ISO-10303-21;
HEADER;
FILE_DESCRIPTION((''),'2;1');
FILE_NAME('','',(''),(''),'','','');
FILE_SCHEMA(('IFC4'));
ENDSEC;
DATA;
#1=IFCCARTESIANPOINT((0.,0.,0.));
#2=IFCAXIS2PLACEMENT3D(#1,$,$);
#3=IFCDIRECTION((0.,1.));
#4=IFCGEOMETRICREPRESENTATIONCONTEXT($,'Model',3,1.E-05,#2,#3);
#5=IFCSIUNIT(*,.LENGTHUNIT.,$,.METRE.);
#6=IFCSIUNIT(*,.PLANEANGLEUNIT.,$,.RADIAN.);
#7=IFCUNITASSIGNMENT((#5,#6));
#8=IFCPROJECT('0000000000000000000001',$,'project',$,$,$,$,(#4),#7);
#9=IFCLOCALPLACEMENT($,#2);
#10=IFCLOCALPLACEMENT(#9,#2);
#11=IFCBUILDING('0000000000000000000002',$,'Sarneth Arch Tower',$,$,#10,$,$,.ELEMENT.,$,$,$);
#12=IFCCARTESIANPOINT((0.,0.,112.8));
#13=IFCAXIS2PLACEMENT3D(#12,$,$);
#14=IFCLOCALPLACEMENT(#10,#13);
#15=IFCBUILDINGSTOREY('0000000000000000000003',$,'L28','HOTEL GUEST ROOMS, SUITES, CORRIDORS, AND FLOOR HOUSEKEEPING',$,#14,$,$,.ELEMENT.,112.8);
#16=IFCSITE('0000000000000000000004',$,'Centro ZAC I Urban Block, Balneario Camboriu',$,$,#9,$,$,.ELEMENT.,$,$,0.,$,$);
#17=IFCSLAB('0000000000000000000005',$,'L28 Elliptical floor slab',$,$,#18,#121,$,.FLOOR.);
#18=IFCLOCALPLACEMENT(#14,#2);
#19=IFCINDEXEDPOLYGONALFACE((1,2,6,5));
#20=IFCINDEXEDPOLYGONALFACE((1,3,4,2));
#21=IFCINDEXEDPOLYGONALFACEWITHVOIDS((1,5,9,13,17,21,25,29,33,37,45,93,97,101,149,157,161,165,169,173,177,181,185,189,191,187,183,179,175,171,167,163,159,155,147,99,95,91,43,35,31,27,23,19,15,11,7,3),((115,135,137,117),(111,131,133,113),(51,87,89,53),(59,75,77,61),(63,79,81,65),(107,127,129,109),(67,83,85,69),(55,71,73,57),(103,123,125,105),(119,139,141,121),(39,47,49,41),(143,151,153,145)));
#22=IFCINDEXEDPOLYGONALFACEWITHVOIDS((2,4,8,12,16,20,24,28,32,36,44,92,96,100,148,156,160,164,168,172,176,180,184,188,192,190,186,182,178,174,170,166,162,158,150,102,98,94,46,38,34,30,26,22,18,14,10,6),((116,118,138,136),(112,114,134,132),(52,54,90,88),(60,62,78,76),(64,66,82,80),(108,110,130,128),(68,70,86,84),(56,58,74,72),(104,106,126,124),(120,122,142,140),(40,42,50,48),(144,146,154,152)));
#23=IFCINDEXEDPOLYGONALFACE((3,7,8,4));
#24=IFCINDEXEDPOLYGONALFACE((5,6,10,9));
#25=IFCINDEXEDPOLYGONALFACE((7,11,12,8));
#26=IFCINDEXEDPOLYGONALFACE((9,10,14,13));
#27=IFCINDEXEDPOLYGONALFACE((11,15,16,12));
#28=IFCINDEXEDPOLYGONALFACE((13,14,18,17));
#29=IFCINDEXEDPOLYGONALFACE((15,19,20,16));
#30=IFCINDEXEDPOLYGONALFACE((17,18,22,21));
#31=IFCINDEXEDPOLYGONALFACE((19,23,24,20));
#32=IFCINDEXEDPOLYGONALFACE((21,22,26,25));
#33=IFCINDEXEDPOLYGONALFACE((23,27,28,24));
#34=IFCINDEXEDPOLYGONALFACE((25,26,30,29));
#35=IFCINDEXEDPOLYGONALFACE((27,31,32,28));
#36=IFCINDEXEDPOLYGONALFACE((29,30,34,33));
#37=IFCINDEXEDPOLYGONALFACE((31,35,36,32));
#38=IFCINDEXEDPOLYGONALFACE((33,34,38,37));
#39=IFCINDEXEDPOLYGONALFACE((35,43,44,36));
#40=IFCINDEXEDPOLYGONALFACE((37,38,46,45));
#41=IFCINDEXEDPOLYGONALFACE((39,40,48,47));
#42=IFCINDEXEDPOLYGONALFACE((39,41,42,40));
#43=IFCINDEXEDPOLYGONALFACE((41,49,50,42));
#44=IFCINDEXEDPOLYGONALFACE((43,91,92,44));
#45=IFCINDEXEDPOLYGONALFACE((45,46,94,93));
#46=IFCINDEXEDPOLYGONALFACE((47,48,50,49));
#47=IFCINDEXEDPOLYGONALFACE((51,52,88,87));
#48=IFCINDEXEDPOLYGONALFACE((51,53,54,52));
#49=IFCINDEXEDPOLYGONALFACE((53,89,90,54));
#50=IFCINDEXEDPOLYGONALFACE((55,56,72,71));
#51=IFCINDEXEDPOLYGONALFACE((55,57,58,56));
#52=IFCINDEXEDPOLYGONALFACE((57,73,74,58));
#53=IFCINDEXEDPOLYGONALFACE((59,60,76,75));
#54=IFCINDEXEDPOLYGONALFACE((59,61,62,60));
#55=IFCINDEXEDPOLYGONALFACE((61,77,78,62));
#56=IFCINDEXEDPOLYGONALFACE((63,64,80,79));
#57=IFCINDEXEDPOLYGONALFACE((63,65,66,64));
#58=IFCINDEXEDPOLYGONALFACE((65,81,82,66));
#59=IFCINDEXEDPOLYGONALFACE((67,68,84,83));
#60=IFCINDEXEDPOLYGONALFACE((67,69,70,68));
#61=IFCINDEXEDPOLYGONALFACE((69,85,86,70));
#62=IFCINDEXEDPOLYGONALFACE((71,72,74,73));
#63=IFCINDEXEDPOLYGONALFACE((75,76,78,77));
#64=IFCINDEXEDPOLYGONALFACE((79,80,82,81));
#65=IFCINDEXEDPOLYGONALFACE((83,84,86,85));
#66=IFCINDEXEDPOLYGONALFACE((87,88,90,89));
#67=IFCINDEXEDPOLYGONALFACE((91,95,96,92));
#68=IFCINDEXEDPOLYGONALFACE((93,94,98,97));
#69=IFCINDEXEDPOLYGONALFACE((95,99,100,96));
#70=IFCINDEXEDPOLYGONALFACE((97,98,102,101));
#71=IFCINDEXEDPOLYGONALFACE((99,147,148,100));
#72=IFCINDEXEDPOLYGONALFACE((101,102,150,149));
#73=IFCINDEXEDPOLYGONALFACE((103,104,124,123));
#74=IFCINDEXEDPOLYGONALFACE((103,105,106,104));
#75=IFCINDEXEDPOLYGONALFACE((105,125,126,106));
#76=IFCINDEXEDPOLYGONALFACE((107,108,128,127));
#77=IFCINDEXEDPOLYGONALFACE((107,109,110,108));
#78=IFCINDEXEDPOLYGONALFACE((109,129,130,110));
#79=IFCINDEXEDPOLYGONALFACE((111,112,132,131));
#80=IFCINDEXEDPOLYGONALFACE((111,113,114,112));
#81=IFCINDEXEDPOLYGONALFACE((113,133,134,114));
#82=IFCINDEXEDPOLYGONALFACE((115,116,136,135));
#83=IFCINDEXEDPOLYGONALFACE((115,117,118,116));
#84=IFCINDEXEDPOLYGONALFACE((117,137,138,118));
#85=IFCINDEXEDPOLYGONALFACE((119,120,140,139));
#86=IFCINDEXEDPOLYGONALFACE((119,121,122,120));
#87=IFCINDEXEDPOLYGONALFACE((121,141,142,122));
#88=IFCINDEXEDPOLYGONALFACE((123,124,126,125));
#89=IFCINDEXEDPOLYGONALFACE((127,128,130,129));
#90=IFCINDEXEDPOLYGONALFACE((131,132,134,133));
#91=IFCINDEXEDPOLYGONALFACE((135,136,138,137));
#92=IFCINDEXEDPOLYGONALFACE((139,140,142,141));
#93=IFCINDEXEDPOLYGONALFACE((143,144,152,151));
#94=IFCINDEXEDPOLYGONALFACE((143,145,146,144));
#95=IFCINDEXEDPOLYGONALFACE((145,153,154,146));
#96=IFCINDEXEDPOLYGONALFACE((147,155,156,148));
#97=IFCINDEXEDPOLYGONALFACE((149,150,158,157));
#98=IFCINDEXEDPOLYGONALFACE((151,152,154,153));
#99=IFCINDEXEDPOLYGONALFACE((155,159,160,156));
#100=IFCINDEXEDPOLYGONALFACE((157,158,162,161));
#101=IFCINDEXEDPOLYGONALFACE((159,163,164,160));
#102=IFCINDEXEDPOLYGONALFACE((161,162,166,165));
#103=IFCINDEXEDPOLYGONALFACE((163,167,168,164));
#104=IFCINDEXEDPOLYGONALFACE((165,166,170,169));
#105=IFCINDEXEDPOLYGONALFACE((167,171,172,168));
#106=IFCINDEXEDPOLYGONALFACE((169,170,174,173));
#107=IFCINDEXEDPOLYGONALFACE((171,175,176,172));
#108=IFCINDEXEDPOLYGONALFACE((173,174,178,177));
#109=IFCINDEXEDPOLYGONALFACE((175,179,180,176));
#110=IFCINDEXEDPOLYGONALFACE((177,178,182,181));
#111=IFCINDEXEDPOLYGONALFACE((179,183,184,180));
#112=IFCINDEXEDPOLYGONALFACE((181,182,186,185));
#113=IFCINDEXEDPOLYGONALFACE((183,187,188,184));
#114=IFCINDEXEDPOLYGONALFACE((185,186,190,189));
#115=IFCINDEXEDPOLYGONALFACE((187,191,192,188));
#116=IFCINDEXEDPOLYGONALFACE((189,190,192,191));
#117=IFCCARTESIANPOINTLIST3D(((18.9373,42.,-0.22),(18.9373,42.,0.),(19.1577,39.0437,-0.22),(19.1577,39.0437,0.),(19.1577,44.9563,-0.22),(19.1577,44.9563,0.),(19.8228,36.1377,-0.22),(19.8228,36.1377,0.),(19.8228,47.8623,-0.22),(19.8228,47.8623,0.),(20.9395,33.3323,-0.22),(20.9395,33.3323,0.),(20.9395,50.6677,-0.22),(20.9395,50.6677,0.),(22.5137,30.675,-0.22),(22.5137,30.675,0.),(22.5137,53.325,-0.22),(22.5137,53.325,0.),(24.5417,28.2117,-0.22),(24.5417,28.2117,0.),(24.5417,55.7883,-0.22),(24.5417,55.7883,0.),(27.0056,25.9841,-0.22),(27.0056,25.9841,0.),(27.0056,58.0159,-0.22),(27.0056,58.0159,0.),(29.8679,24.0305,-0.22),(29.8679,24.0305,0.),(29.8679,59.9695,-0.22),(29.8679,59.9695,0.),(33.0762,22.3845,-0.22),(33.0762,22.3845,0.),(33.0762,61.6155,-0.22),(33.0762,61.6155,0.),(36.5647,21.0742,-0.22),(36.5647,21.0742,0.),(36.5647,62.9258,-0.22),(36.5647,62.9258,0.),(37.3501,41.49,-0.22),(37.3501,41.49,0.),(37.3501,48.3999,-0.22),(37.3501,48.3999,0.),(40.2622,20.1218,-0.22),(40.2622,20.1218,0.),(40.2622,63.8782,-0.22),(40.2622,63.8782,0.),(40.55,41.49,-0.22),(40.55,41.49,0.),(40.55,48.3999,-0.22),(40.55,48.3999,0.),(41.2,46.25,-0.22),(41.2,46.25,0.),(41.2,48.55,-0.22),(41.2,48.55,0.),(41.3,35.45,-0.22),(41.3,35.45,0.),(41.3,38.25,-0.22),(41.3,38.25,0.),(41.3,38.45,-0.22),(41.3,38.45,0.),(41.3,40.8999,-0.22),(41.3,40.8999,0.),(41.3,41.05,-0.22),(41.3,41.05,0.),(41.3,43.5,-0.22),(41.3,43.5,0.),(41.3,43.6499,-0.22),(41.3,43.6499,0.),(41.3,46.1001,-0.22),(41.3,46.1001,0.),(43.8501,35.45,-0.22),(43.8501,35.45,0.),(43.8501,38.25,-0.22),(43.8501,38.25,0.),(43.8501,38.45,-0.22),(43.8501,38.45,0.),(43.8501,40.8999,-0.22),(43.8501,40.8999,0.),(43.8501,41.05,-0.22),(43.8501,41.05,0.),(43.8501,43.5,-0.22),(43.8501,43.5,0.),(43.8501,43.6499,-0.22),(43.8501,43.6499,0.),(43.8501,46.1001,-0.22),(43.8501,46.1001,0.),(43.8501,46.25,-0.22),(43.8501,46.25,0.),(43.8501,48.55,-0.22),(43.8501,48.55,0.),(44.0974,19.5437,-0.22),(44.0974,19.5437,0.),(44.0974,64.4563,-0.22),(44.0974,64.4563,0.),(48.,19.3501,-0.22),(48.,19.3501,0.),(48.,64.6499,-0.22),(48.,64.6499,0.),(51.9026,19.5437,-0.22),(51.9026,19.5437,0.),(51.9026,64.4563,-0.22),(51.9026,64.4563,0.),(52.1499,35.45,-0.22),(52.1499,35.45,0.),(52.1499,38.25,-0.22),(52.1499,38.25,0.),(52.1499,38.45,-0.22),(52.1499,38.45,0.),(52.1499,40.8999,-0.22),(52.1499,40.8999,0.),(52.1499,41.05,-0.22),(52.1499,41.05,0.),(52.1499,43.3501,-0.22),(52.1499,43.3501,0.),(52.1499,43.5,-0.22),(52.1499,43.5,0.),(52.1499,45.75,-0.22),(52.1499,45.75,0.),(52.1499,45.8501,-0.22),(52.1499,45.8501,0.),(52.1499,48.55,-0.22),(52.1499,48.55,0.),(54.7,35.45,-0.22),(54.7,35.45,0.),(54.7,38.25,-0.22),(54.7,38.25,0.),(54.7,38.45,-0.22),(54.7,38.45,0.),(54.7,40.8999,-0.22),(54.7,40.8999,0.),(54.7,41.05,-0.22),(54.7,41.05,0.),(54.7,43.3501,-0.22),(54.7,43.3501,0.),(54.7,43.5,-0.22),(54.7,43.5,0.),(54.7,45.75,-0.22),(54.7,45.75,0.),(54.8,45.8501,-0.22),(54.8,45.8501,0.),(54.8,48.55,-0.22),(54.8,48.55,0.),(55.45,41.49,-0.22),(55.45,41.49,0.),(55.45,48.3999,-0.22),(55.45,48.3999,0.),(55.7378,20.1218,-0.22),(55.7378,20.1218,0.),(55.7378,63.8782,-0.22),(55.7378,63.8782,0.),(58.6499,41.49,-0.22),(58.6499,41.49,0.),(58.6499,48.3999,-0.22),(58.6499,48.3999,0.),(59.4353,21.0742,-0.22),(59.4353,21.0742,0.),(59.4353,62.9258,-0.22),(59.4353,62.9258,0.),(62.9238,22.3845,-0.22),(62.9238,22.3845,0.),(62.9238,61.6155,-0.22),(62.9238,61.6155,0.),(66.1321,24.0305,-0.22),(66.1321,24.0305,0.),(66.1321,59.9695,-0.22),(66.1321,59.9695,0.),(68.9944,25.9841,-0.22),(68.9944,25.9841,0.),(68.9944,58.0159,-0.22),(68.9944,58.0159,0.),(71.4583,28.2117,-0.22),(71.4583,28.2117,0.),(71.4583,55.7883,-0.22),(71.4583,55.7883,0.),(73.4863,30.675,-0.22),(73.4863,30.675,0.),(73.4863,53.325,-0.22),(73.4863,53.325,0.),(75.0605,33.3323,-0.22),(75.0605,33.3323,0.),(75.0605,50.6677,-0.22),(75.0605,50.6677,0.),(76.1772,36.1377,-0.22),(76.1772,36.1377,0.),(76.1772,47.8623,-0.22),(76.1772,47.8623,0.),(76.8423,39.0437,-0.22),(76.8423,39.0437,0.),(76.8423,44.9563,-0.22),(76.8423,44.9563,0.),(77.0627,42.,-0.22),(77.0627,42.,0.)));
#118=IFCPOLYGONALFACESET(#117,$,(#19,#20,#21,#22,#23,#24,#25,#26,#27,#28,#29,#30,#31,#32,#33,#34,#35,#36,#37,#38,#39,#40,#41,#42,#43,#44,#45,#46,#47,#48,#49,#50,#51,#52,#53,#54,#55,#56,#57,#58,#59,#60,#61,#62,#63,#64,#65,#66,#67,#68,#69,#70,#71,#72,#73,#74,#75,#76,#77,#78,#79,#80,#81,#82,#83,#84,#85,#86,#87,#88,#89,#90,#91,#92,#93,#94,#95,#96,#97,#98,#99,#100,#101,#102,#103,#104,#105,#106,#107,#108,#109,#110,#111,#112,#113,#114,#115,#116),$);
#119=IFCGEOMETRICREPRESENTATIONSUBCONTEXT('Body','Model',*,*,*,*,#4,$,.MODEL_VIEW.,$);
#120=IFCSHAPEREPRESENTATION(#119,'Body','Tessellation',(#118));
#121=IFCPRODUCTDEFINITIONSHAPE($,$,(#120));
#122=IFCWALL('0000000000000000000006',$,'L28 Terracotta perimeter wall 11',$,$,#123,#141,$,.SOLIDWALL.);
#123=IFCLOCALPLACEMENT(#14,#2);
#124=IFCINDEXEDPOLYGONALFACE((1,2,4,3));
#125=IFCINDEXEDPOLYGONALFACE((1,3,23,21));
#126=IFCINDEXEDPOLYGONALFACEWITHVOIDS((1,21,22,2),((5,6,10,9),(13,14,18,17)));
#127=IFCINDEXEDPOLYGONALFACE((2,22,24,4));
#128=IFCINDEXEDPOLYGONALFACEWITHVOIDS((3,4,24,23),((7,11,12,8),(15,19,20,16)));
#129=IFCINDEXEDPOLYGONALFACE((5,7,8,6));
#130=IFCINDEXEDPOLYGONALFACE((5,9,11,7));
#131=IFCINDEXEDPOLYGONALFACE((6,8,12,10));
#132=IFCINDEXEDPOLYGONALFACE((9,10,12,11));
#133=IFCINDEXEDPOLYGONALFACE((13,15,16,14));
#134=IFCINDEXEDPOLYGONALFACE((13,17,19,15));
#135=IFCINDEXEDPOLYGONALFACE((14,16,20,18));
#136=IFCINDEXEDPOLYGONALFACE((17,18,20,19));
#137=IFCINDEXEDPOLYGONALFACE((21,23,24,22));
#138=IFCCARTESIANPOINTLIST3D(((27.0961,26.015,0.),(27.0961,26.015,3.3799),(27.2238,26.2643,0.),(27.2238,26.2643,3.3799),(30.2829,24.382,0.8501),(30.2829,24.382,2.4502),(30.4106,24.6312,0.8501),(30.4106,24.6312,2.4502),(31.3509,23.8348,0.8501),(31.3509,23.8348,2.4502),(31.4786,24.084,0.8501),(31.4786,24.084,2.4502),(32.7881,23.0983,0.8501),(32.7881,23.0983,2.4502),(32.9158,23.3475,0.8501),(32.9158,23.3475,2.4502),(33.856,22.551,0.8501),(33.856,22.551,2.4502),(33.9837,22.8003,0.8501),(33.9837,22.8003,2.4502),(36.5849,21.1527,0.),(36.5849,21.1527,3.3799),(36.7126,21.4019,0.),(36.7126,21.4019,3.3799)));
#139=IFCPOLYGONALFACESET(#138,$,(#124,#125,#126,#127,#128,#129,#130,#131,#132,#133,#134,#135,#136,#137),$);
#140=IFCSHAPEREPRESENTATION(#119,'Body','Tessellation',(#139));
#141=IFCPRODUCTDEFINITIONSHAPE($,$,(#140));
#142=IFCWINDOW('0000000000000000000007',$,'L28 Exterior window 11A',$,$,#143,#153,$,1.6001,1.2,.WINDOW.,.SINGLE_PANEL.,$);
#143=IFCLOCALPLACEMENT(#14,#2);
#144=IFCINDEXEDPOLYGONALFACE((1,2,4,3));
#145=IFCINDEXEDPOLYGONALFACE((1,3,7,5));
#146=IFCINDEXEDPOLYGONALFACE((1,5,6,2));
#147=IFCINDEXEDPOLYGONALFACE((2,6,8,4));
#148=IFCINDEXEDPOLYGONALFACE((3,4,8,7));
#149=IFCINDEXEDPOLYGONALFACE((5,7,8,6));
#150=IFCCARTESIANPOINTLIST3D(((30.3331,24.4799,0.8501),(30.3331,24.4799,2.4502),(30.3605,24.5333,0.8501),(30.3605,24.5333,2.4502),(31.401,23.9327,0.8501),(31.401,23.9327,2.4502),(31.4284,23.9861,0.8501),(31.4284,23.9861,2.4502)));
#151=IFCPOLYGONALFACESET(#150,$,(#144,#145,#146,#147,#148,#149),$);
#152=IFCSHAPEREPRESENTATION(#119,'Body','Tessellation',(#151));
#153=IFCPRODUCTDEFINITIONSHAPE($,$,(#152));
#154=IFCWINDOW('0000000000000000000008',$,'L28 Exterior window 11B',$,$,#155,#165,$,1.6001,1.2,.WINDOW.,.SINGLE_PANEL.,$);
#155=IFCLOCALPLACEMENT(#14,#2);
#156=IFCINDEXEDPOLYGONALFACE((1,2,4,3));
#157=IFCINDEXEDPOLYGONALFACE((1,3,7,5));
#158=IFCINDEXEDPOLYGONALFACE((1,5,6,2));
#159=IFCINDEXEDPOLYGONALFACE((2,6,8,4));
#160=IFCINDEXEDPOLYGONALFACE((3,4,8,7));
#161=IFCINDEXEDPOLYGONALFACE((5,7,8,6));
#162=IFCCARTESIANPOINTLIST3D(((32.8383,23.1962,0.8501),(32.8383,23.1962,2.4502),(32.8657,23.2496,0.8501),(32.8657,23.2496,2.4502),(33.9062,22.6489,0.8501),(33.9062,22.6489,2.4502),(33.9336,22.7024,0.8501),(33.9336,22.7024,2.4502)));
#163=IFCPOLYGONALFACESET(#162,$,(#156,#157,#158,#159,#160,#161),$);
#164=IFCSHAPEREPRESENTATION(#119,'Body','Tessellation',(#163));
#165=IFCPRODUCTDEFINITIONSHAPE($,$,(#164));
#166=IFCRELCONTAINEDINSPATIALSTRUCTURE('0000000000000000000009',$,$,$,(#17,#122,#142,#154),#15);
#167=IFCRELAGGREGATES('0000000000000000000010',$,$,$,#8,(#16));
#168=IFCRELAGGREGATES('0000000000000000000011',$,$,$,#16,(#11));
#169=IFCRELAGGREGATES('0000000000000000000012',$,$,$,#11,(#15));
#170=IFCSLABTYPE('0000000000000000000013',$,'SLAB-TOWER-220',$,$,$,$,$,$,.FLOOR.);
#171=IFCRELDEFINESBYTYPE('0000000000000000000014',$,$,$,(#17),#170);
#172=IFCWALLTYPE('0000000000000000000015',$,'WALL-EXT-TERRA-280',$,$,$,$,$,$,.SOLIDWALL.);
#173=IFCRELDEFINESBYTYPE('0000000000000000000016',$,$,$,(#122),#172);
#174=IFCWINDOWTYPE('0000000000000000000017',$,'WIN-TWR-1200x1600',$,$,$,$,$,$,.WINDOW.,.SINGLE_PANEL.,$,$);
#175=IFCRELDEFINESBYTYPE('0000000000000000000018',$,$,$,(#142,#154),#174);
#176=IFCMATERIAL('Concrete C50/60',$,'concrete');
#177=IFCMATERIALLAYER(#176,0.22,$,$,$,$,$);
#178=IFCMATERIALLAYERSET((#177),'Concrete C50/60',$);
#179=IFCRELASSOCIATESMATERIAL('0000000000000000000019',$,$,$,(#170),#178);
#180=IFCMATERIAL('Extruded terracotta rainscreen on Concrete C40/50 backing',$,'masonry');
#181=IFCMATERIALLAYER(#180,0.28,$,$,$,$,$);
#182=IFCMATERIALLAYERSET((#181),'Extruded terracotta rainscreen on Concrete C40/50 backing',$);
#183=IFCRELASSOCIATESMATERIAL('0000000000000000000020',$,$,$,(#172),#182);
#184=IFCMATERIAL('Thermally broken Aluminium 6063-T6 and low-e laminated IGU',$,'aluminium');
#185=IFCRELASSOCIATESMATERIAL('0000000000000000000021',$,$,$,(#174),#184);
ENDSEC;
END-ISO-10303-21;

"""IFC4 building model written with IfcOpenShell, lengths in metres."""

from ifc_helpers import new_model, si_unit, direction, frame, frame_2d, origin, place, context, subcontext, project, spatial, polyline, rectangle, outline, extrude, material, layer, layer_set, type_object, element, fill, save


model = new_model("IFC4")

# Units and contexts
model_context = context("Model", 3, precision=1e-05, world=origin(), true_north=direction((0.0, 1.0)))
body_context = subcontext(model_context, "Body", "Model", "MODEL_VIEW")
ifc_project = project(units=[si_unit("LENGTHUNIT", "METRE"), si_unit("PLANEANGLEUNIT", "RADIAN")], contexts=[model_context])

# Site, building, storey
site_placement = place(None, origin())
site = spatial("IfcSite", under=ifc_project, at=site_placement, Name="Centro ZAC I Urban Block, Balneario Camboriu", CompositionType="ELEMENT", RefElevation=0.0)
building_placement = place(site_placement, origin())
building = spatial("IfcBuilding", under=site, at=building_placement, Name="Sarneth Arch Tower", CompositionType="ELEMENT")
storey_placement = place(building_placement, frame((0.0, 0.0, 112.8)))
storey = spatial("IfcBuildingStorey", under=building, at=storey_placement, Name="L28", Description="HOTEL GUEST ROOMS, SUITES, CORRIDORS, AND FLOOR HOUSEKEEPING", CompositionType="ELEMENT", Elevation=112.8)

# Slab
ifc_material_1 = material(Name="Concrete C50/60", Category="concrete")
ifc_layer_1 = layer(ifc_material_1, 0.22)
ifc_layer_set_1 = layer_set([ifc_layer_1], Name="Concrete C50/60")
slab_type_1 = type_object("IfcSlabType", Name="SLAB-TOWER-220", PredefinedType="FLOOR", material=ifc_layer_set_1)
slab_1_placement = place(storey_placement, frame((0.0, 0.0, -0.22)))
element("IfcSlab", 1, at=slab_1_placement, inside=storey, type_object=slab_type_1, Name="L28 Elliptical floor slab", PredefinedType="FLOOR", context=body_context, shape_type="SweptSolid", body=[
    extrude(outline(polyline([(77.0627, 42.0), (76.8423, 44.9563), (76.1772, 47.8623), (75.0605, 50.6677), (73.4863, 53.325), (71.4583, 55.7883), (68.9944, 58.0159), (66.1321, 59.9695), (62.9238, 61.6155), (59.4353, 62.9258), (55.7378, 63.8782), (51.9026, 64.4563), (48.0, 64.6499), (44.0974, 64.4563), (40.2622, 63.8782), (36.5647, 62.9258), (33.0762, 61.6155), (29.8679, 59.9695), (27.0056, 58.0159), (24.5417, 55.7883), (22.5137, 53.325), (20.9395, 50.6677), (19.8228, 47.8623), (19.1577, 44.9563), (18.9373, 42.0), (19.1577, 39.0437), (19.8228, 36.1377), (20.9395, 33.3323), (22.5137, 30.675), (24.5417, 28.2117), (27.0056, 25.9841), (29.8679, 24.0305), (33.0762, 22.3845), (36.5647, 21.0742), (40.2622, 20.1218), (44.0974, 19.5437), (48.0, 19.3501), (51.9026, 19.5437), (55.7378, 20.1218), (59.4353, 21.0742), (62.9238, 22.3845), (66.1321, 24.0305), (68.9944, 25.9841), (71.4583, 28.2117), (73.4863, 30.675), (75.0605, 33.3323), (76.1772, 36.1377), (76.8423, 39.0437), (77.0627, 42.0)]), holes=[polyline([(37.3501, 41.49), (40.55, 41.49), (40.55, 48.3999), (37.3501, 48.3999), (37.3501, 41.49)]), polyline([(55.45, 41.49), (58.6499, 41.49), (58.6499, 48.3999), (55.45, 48.3999), (55.45, 41.49)]), polyline([(41.2, 46.25), (43.8501, 46.25), (43.8501, 48.55), (41.2, 48.55), (41.2, 46.25)]), polyline([(41.3, 35.45), (43.8501, 35.45), (43.8501, 38.25), (41.3, 38.25), (41.3, 35.45)]), polyline([(52.1499, 35.45), (54.7, 35.45), (54.7, 38.25), (52.1499, 38.25), (52.1499, 35.45)]), polyline([(52.1499, 45.8501), (54.8, 45.8501), (54.8, 48.55), (52.1499, 48.55), (52.1499, 45.8501)]), polyline([(41.3, 38.45), (43.8501, 38.45), (43.8501, 40.8999), (41.3, 40.8999), (41.3, 38.45)]), polyline([(41.3, 41.05), (43.8501, 41.05), (43.8501, 43.5), (41.3, 43.5), (41.3, 41.05)]), polyline([(41.3, 43.6499), (43.8501, 43.6499), (43.8501, 46.1001), (41.3, 46.1001), (41.3, 43.6499)]), polyline([(52.1499, 38.45), (54.7, 38.45), (54.7, 40.8999), (52.1499, 40.8999), (52.1499, 38.45)]), polyline([(52.1499, 41.05), (54.7, 41.05), (54.7, 43.3501), (52.1499, 43.3501), (52.1499, 41.05)]), polyline([(52.1499, 43.5), (54.7, 43.5), (54.7, 45.75), (52.1499, 45.75), (52.1499, 43.5)])]), origin(), (0.0, 0.0, 1.0), 0.22),
])

# Wall, openings, windows
ifc_material_2 = material(Name="Extruded terracotta rainscreen on Concrete C40/50 backing", Category="masonry")
ifc_layer_2 = layer(ifc_material_2, 0.28)
ifc_layer_set_2 = layer_set([ifc_layer_2], Name="Extruded terracotta rainscreen on Concrete C40/50 backing")
wall_type_1 = type_object("IfcWallType", Name="WALL-EXT-TERRA-280", PredefinedType="SOLIDWALL", material=ifc_layer_set_2)
wall_1_placement = place(storey_placement, frame((27.1599, 26.1396, 0.0), z_axis=(0.0, 0.0, 1.0), x_axis=(0.88996, -0.45604, 0.0)))
wall_1 = element("IfcWall", 2, at=wall_1_placement, inside=storey, type_object=wall_type_1, Name="L28 Terracotta perimeter wall 11", PredefinedType="SOLIDWALL", context=body_context, shape_type="SweptSolid", body=[
    extrude(rectangle(XDim=10.6621, YDim=0.28, at=frame_2d((5.3311, 0.0))), origin(), (0.0, 0.0, 1.0), 3.3799),
])
opening_1_placement = place(wall_1_placement, frame((3.5808, 0.0, 0.8501)))
opening_1 = element("IfcOpeningElement", 3, at=opening_1_placement, cuts=wall_1, PredefinedType="OPENING", context=body_context, shape_type="SweptSolid", body=[
    extrude(rectangle(XDim=1.2, YDim=1.6001, at=frame_2d((0.6001, 0.8))), frame((0.0, 0.1499, 0.0), z_axis=(0.0, -1.0, 0.0), x_axis=(1.0, 0.0, 0.0)), (0.0, 0.0, 1.0), 0.3),
])
opening_2_placement = place(wall_1_placement, frame((6.3958, 0.0, 0.8501)))
opening_2 = element("IfcOpeningElement", 4, at=opening_2_placement, cuts=wall_1, PredefinedType="OPENING", context=body_context, shape_type="SweptSolid", body=[
    extrude(rectangle(XDim=1.2, YDim=1.6001, at=frame_2d((0.6001, 0.8))), frame((0.0, 0.1499, 0.0), z_axis=(0.0, -1.0, 0.0), x_axis=(1.0, 0.0, 0.0)), (0.0, 0.0, 1.0), 0.3),
])
ifc_material_3 = material(Name="Thermally broken Aluminium 6063-T6 and low-e laminated IGU", Category="aluminium")
window_type = type_object("IfcWindowType", Name="WIN-TWR-1200x1600", PartitioningType="SINGLE_PANEL", PredefinedType="WINDOW", material=ifc_material_3)
window_1_placement = place(opening_1_placement, origin())
window_1 = element("IfcWindow", 5, at=window_1_placement, inside=storey, type_object=window_type, Name="L28 Exterior window 11A", OverallHeight=1.6001, OverallWidth=1.2, PartitioningType="SINGLE_PANEL", PredefinedType="WINDOW", context=body_context, shape_type="SweptSolid", body=[
    extrude(rectangle(XDim=1.2, YDim=1.6001, at=frame_2d((0.6001, 0.8))), frame((0.0, 0.03, 0.0), z_axis=(0.0, -1.0, 0.0), x_axis=(1.0, 0.0, 0.0)), (0.0, 0.0, 1.0), 0.0601),
])
fill(opening_1, window_1)
window_2_placement = place(opening_2_placement, origin())
window_2 = element("IfcWindow", 6, at=window_2_placement, inside=storey, type_object=window_type, Name="L28 Exterior window 11B", OverallHeight=1.6001, OverallWidth=1.2, PartitioningType="SINGLE_PANEL", PredefinedType="WINDOW", context=body_context, shape_type="SweptSolid", body=[
    extrude(rectangle(XDim=1.2, YDim=1.6001, at=frame_2d((0.6001, 0.8))), frame((0.0, 0.03, 0.0), z_axis=(0.0, -1.0, 0.0), x_axis=(1.0, 0.0, 0.0)), (0.0, 0.0, 1.0), 0.0601),
])
fill(opening_2, window_2)

save(model, "model.ifc")
